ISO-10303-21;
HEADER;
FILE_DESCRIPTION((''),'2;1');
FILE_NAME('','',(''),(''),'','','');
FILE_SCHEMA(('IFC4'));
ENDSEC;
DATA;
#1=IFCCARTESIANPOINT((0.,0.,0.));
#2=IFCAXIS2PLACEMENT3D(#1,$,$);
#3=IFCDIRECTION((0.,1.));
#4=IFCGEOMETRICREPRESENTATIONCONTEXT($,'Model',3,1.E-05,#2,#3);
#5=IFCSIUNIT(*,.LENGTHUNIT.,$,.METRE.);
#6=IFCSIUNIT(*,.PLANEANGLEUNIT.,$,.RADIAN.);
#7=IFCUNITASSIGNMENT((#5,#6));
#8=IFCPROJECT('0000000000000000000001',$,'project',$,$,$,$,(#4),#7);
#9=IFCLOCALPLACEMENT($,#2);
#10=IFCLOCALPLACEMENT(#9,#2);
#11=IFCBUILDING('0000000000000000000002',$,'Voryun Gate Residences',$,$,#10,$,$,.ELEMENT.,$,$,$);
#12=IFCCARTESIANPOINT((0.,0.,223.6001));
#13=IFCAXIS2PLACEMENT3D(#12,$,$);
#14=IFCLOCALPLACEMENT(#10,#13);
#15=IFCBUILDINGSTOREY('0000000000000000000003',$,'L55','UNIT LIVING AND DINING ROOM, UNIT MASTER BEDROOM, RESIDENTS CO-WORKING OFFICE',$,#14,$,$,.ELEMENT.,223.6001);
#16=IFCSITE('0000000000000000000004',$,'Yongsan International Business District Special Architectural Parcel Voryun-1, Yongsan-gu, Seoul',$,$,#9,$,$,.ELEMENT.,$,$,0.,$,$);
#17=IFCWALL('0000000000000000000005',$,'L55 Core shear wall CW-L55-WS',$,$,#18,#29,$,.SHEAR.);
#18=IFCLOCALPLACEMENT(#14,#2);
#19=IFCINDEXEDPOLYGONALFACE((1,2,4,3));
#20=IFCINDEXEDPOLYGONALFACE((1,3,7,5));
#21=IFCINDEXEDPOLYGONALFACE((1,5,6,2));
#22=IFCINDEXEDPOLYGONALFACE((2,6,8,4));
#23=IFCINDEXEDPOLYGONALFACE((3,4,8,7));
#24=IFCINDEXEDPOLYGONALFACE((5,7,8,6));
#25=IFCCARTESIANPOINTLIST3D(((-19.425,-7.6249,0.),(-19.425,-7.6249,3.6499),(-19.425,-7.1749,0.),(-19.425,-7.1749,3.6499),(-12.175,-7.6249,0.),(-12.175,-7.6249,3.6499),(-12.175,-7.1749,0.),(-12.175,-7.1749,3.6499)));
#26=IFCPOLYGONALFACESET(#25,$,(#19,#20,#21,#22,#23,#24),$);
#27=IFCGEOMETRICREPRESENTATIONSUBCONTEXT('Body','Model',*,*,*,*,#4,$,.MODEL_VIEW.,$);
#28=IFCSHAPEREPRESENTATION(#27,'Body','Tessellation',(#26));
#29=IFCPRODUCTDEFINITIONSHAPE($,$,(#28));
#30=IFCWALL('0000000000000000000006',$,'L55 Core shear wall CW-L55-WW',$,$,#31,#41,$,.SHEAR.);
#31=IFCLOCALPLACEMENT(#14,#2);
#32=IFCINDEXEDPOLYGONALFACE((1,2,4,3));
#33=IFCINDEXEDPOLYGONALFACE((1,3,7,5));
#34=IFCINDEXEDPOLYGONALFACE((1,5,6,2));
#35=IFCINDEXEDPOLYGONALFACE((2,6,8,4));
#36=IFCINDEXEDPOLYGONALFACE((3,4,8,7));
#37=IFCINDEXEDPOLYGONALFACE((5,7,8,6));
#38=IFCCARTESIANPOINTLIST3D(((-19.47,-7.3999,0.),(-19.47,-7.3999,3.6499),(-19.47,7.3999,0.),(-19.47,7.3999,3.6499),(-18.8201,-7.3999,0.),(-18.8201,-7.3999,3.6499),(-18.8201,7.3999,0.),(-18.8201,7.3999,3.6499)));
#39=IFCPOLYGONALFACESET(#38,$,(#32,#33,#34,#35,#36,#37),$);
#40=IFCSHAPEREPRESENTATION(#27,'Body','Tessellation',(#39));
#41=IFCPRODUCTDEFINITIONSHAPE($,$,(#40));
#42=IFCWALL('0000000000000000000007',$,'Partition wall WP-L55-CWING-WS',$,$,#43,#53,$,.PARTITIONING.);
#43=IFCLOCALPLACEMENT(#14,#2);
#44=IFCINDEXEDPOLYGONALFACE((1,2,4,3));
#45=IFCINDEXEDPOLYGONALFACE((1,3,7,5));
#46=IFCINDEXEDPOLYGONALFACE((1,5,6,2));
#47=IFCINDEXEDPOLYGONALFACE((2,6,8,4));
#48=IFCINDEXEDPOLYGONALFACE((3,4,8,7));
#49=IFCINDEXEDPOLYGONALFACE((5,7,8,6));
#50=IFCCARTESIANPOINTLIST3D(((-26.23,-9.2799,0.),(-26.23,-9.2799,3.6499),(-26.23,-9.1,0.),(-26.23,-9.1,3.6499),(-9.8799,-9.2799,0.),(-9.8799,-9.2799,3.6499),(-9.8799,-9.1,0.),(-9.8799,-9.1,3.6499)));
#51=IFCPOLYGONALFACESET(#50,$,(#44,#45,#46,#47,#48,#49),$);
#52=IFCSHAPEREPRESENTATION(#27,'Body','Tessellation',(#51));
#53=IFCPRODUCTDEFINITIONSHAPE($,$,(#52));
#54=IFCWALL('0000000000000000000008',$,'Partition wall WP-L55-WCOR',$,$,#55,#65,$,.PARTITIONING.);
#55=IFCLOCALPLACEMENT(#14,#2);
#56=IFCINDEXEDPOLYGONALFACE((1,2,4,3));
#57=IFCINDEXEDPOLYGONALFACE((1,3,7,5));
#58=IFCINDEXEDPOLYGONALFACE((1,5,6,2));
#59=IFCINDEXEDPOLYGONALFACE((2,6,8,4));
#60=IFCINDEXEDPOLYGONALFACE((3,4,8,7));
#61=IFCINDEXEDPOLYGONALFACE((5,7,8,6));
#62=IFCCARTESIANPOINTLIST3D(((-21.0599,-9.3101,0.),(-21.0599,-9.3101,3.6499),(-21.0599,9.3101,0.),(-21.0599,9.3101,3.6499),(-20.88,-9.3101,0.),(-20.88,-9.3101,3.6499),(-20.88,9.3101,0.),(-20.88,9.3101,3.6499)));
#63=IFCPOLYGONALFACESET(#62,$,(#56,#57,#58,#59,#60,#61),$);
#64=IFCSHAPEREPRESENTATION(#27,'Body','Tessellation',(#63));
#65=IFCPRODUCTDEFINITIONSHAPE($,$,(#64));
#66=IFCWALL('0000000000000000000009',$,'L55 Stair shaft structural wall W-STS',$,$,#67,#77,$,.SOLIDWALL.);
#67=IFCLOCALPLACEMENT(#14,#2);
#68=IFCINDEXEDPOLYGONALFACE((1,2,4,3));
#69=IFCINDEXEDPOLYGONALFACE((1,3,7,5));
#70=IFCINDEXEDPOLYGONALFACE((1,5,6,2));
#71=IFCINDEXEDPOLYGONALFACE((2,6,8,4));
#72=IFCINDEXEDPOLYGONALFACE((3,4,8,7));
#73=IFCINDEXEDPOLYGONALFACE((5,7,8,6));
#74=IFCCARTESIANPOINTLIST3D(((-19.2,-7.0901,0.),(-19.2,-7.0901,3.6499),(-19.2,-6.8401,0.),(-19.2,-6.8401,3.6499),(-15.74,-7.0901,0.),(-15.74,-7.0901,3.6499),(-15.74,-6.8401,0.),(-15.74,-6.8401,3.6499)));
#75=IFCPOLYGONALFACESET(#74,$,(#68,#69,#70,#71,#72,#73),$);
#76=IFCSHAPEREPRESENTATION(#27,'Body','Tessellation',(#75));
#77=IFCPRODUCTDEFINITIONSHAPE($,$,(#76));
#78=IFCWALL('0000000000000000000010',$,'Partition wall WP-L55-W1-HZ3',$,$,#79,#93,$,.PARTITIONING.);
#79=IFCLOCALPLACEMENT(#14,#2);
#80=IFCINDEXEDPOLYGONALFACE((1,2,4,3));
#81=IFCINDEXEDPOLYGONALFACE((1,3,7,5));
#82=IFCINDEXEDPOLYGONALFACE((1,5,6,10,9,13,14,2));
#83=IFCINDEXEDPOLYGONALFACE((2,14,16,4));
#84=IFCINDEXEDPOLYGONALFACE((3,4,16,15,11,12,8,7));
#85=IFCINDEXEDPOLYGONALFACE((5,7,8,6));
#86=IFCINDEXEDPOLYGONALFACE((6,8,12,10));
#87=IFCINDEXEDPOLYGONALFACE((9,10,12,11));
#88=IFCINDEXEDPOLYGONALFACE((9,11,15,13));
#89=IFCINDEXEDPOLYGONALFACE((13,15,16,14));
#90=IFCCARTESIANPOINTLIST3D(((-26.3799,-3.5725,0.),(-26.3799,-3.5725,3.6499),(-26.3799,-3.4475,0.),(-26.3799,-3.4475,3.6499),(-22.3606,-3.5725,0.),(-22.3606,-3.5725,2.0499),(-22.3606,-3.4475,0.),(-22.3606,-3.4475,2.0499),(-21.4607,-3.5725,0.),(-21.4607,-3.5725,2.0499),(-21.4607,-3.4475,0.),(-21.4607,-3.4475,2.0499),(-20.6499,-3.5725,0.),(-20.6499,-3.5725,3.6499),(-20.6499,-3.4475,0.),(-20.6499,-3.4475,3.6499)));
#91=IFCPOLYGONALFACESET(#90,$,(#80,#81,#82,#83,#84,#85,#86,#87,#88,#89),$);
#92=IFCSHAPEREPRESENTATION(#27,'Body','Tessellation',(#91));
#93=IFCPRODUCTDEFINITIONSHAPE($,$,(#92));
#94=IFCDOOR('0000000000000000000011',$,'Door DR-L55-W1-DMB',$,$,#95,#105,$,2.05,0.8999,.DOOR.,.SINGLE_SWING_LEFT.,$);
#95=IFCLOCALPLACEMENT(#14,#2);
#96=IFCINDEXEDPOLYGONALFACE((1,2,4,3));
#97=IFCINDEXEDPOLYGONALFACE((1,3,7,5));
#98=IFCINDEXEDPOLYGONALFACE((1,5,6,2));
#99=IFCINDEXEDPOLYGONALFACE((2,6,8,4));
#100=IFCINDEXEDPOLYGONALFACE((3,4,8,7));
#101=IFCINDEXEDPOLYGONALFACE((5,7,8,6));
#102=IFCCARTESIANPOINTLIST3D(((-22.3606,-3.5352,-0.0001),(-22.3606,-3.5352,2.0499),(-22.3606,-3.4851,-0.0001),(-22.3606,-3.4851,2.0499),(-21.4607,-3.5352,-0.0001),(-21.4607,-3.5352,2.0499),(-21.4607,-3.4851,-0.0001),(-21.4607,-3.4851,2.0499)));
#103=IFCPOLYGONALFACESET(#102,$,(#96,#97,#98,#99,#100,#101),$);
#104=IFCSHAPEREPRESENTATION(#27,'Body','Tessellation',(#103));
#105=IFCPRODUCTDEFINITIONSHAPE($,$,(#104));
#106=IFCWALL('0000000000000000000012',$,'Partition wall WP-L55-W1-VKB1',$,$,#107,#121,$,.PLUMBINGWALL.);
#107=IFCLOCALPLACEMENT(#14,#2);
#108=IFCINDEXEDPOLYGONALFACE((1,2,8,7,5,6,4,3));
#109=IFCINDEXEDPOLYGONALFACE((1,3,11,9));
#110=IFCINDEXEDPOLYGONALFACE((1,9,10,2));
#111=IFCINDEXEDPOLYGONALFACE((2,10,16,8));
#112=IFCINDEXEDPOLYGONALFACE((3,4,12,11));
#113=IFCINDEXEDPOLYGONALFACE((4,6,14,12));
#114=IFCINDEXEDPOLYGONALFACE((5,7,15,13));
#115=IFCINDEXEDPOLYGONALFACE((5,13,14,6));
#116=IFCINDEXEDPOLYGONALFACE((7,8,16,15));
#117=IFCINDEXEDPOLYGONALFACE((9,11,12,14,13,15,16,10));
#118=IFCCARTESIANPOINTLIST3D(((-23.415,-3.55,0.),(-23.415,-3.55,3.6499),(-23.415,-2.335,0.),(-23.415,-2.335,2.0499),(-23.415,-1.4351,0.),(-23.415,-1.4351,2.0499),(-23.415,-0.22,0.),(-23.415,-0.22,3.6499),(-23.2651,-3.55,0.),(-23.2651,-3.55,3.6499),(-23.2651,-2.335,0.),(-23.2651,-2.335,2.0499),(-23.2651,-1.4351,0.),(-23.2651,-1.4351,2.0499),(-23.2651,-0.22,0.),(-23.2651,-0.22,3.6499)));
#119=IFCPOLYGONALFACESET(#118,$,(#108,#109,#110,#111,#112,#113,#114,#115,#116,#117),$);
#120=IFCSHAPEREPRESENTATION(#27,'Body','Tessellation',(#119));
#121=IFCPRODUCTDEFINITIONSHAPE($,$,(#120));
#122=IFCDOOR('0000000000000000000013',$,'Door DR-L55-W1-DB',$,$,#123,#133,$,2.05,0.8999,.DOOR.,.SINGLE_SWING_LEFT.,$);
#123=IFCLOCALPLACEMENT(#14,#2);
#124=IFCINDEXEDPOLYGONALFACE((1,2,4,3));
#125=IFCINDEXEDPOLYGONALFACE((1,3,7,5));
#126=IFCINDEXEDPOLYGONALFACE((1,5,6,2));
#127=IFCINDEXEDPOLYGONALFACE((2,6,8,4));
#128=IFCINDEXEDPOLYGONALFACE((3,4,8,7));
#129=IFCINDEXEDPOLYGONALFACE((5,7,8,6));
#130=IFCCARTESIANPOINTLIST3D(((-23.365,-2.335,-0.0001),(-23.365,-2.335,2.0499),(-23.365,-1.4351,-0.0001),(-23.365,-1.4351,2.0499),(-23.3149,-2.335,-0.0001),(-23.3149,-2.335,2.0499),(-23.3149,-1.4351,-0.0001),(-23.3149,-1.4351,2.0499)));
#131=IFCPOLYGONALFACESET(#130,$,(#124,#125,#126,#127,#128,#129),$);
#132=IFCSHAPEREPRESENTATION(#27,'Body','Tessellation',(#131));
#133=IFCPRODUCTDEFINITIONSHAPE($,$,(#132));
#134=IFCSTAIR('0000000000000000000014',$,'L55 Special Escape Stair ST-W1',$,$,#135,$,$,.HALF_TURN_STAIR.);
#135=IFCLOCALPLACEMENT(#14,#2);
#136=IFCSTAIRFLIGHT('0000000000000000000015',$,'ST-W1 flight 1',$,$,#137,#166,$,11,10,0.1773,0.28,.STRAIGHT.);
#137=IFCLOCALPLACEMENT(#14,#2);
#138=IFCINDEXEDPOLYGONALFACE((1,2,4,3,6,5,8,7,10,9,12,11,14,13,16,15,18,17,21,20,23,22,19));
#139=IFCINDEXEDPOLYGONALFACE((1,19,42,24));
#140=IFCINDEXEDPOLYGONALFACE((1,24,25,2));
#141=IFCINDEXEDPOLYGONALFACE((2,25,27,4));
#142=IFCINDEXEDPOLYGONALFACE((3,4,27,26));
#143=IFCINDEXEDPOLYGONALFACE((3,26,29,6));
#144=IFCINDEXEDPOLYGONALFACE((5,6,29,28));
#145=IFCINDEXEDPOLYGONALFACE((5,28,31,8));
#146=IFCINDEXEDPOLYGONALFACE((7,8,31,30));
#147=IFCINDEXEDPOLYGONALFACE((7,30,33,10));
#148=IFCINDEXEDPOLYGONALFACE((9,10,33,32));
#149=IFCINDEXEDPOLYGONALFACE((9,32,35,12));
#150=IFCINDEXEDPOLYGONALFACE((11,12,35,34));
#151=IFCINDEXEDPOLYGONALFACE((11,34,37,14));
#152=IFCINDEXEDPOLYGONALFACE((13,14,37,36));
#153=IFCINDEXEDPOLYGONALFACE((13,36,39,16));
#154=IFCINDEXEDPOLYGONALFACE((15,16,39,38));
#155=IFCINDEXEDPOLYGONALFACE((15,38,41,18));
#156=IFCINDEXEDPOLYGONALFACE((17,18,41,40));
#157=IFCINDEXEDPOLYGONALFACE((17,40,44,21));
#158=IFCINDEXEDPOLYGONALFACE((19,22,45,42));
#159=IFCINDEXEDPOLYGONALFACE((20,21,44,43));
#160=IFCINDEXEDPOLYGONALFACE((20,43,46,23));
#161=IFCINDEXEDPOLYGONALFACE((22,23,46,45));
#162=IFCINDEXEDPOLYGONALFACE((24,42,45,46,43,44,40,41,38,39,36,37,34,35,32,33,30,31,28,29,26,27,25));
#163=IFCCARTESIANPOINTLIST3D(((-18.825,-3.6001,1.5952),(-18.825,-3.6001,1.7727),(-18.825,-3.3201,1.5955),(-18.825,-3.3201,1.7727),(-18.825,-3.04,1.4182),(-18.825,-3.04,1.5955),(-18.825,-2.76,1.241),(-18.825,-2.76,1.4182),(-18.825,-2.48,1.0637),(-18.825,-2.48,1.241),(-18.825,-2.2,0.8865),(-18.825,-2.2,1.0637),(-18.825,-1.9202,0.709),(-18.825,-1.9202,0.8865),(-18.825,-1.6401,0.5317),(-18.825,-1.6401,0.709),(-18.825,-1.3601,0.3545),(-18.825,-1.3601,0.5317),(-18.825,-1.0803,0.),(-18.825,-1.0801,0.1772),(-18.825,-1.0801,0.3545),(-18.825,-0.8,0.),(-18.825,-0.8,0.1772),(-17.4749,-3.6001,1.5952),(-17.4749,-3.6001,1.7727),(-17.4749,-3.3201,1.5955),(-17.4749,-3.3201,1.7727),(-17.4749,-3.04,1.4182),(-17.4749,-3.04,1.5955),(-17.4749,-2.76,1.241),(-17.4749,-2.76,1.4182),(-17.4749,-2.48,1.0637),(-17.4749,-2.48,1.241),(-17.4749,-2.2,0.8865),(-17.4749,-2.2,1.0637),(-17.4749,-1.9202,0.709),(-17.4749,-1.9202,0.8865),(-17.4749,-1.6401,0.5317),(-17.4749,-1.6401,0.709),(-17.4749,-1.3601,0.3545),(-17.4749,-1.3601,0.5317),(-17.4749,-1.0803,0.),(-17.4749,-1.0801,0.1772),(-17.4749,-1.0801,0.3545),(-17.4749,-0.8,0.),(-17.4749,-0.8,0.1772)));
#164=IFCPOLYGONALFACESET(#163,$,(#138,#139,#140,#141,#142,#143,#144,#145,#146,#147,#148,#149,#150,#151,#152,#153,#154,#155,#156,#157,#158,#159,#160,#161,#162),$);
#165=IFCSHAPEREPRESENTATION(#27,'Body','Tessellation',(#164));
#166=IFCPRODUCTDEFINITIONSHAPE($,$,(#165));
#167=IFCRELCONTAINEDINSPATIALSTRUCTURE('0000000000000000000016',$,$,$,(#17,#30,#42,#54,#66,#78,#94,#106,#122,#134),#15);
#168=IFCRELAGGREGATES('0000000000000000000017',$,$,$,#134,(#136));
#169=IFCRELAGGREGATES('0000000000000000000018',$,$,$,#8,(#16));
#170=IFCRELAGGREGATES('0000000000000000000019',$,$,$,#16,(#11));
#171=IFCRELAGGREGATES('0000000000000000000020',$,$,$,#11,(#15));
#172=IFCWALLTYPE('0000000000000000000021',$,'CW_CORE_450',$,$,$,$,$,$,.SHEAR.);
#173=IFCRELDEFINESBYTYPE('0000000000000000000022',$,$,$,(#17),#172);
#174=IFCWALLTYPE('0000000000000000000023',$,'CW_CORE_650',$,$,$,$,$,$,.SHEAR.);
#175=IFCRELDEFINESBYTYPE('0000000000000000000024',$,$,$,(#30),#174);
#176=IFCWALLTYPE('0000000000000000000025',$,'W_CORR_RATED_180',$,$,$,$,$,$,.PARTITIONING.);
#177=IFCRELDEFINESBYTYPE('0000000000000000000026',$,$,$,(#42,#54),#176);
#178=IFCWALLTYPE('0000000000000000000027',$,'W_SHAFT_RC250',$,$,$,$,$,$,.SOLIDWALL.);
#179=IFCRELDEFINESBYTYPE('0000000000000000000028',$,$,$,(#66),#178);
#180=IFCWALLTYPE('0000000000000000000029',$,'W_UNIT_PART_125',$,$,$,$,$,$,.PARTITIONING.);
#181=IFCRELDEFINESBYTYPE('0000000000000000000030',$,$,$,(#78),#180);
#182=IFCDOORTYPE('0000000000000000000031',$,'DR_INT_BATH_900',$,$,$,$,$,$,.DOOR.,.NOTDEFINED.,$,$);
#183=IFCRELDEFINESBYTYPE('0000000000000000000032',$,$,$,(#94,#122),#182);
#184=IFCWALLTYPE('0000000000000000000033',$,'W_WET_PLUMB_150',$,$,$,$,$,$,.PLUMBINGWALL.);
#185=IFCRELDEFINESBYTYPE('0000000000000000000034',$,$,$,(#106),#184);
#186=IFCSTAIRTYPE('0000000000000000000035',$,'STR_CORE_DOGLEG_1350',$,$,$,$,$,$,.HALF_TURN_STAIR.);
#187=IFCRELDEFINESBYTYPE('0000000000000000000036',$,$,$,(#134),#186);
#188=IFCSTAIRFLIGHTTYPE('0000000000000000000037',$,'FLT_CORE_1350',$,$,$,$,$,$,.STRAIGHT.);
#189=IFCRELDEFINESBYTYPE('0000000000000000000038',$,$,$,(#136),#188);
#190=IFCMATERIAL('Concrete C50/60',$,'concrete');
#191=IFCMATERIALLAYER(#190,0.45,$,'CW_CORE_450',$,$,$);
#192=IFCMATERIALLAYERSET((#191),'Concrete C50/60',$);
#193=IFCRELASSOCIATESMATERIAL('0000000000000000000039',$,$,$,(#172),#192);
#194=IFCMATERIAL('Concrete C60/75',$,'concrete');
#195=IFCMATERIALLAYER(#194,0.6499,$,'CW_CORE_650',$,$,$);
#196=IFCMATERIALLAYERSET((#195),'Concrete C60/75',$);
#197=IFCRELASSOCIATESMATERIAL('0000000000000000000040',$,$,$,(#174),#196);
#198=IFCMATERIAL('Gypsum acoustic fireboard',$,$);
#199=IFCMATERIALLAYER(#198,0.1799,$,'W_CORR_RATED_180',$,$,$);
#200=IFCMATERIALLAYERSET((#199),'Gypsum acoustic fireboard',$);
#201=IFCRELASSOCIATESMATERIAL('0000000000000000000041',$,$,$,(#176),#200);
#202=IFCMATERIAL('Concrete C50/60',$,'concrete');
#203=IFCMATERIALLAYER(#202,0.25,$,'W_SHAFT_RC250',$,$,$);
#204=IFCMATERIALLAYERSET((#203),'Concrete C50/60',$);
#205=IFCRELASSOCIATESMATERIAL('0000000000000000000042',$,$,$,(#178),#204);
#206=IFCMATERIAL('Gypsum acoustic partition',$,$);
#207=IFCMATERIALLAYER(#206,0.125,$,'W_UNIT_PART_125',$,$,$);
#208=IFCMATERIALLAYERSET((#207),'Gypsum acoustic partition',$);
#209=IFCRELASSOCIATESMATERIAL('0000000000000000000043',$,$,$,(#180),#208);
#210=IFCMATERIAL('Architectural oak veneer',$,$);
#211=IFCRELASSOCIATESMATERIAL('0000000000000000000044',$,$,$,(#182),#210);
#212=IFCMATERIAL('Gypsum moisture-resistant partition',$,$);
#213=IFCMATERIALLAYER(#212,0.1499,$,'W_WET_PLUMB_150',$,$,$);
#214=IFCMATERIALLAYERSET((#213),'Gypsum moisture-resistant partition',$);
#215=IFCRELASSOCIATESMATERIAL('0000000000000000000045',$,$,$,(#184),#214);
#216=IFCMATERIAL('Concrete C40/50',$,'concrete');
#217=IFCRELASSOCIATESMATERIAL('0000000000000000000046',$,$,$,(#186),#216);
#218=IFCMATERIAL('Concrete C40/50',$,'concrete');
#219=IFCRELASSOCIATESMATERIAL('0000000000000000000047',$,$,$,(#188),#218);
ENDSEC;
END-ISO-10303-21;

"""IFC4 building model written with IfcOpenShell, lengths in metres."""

from ifc_helpers import new_model, si_unit, direction, frame, frame_2d, origin, place, context, subcontext, project, spatial, polyline, rectangle, outline, extrude, material, layer, layer_set, type_object, element, fill, aggregate, save


model = new_model("IFC4")

# Units and contexts
model_context = context("Model", 3, precision=1e-05, world=origin(), true_north=direction((0.0, 1.0)))
body_context = subcontext(model_context, "Body", "Model", "MODEL_VIEW")
ifc_project = project(units=[si_unit("LENGTHUNIT", "METRE"), si_unit("PLANEANGLEUNIT", "RADIAN")], contexts=[model_context])

# Site, building, storey
site_placement = place(None, origin())
site = spatial("IfcSite", under=ifc_project, at=site_placement, Name="Yongsan International Business District Special Architectural Parcel Voryun-1, Yongsan-gu, Seoul", CompositionType="ELEMENT", RefElevation=0.0)
building_placement = place(site_placement, origin())
building = spatial("IfcBuilding", under=site, at=building_placement, Name="Voryun Gate Residences", CompositionType="ELEMENT")
storey_placement = place(building_placement, frame((0.0, 0.0, 223.6001)))
storey = spatial("IfcBuildingStorey", under=building, at=storey_placement, Name="L55", Description="UNIT LIVING AND DINING ROOM, UNIT MASTER BEDROOM, RESIDENTS CO-WORKING OFFICE", CompositionType="ELEMENT", Elevation=223.6001)

# Walls
ifc_material_1 = material(Name="Concrete C50/60", Category="concrete")
ifc_layer_1 = layer(ifc_material_1, 0.45, Name="CW_CORE_450")
ifc_layer_set_1 = layer_set([ifc_layer_1], Name="Concrete C50/60")
wall_type_1 = type_object("IfcWallType", Name="CW_CORE_450", PredefinedType="SHEAR", material=ifc_layer_set_1)
wall_1_placement = place(storey_placement, frame((-19.425, -7.3999, 0.0), z_axis=(0.0, 0.0, 1.0), x_axis=(1.0, 0.0, 0.0)))
element("IfcWall", 1, at=wall_1_placement, inside=storey, type_object=wall_type_1, Name="L55 Core shear wall CW-L55-WS", PredefinedType="SHEAR", context=body_context, shape_type="SweptSolid", body=[
    extrude(rectangle(XDim=7.25, YDim=0.45, at=frame_2d((3.625, 0.0))), origin(), (0.0, 0.0, 1.0), 3.6499),
])
ifc_material_2 = material(Name="Concrete C60/75", Category="concrete")
ifc_layer_2 = layer(ifc_material_2, 0.6499, Name="CW_CORE_650")
ifc_layer_set_2 = layer_set([ifc_layer_2], Name="Concrete C60/75")
wall_type_2 = type_object("IfcWallType", Name="CW_CORE_650", PredefinedType="SHEAR", material=ifc_layer_set_2)
wall_2_placement = place(storey_placement, frame((-19.145, -7.3999, 0.0), z_axis=(0.0, 0.0, 1.0), x_axis=(0.0, 1.0, 0.0)))
element("IfcWall", 2, at=wall_2_placement, inside=storey, type_object=wall_type_2, Name="L55 Core shear wall CW-L55-WW", PredefinedType="SHEAR", context=body_context, shape_type="SweptSolid", body=[
    extrude(rectangle(XDim=14.7998, YDim=0.6499, at=frame_2d((7.3999, 0.0))), origin(), (0.0, 0.0, 1.0), 3.6499),
])
ifc_material_3 = material(Name="Gypsum acoustic fireboard")
ifc_layer_3 = layer(ifc_material_3, 0.1799, Name="W_CORR_RATED_180")
ifc_layer_set_3 = layer_set([ifc_layer_3], Name="Gypsum acoustic fireboard")
wall_type_3 = type_object("IfcWallType", Name="W_CORR_RATED_180", PredefinedType="PARTITIONING", material=ifc_layer_set_3)
wall_3_placement = place(storey_placement, frame((-26.23, -9.1899, 0.0), z_axis=(0.0, 0.0, 1.0), x_axis=(1.0, 0.0, 0.0)))
element("IfcWall", 3, at=wall_3_placement, inside=storey, type_object=wall_type_3, Name="Partition wall WP-L55-CWING-WS", PredefinedType="PARTITIONING", context=body_context, shape_type="SweptSolid", body=[
    extrude(rectangle(XDim=16.3501, YDim=0.1799, at=frame_2d((8.175, 0.0))), origin(), (0.0, 0.0, 1.0), 3.6499),
])
wall_4_placement = place(storey_placement, frame((-20.97, -9.3101, 0.0), z_axis=(0.0, 0.0, 1.0), x_axis=(0.0, 1.0, 0.0)))
element("IfcWall", 4, at=wall_4_placement, inside=storey, type_object=wall_type_3, Name="Partition wall WP-L55-WCOR", PredefinedType="PARTITIONING", context=body_context, shape_type="SweptSolid", body=[
    extrude(rectangle(XDim=18.6201, YDim=0.1799, at=frame_2d((9.3101, 0.0))), origin(), (0.0, 0.0, 1.0), 3.6499),
])
ifc_material_4 = material(Name="Concrete C50/60", Category="concrete")
ifc_layer_4 = layer(ifc_material_4, 0.25, Name="W_SHAFT_RC250")
ifc_layer_set_4 = layer_set([ifc_layer_4], Name="Concrete C50/60")
wall_type_4 = type_object("IfcWallType", Name="W_SHAFT_RC250", PredefinedType="SOLIDWALL", material=ifc_layer_set_4)
wall_5_placement = place(storey_placement, frame((-19.2, -6.9651, 0.0), z_axis=(0.0, 0.0, 1.0), x_axis=(1.0, 0.0, 0.0)))
element("IfcWall", 5, at=wall_5_placement, inside=storey, type_object=wall_type_4, Name="L55 Stair shaft structural wall W-STS", PredefinedType="SOLIDWALL", context=body_context, shape_type="SweptSolid", body=[
    extrude(rectangle(XDim=3.46, YDim=0.25, at=frame_2d((1.73, 0.0))), origin(), (0.0, 0.0, 1.0), 3.6499),
])

# Walls, openings, doors
ifc_material_5 = material(Name="Gypsum acoustic partition")
ifc_layer_5 = layer(ifc_material_5, 0.125, Name="W_UNIT_PART_125")
ifc_layer_set_5 = layer_set([ifc_layer_5], Name="Gypsum acoustic partition")
wall_type_5 = type_object("IfcWallType", Name="W_UNIT_PART_125", PredefinedType="PARTITIONING", material=ifc_layer_set_5)
wall_6_placement = place(storey_placement, frame((-26.3799, -3.51, 0.0), z_axis=(0.0, 0.0, 1.0), x_axis=(1.0, 0.0, 0.0)))
wall_6 = element("IfcWall", 6, at=wall_6_placement, inside=storey, type_object=wall_type_5, Name="Partition wall WP-L55-W1-HZ3", PredefinedType="PARTITIONING", context=body_context, shape_type="SweptSolid", body=[
    extrude(rectangle(XDim=5.73, YDim=0.125, at=frame_2d((2.865, 0.0))), origin(), (0.0, 0.0, 1.0), 3.6499),
])
opening_1_placement = place(wall_6_placement, frame((4.0193, 0.0, 0.0)))
opening_1 = element("IfcOpeningElement", 7, at=opening_1_placement, cuts=wall_6, PredefinedType="OPENING", context=body_context, shape_type="SweptSolid", body=[
    extrude(rectangle(XDim=0.8999, YDim=2.05, at=frame_2d((0.45, 1.0249))), frame((0.0, 0.0725, 0.0), z_axis=(0.0, -1.0, 0.0), x_axis=(1.0, 0.0, 0.0)), (0.0, 0.0, 1.0), 0.145),
])
ifc_material_6 = material(Name="Architectural oak veneer")
door_type = type_object("IfcDoorType", Name="DR_INT_BATH_900", OperationType="NOTDEFINED", PredefinedType="DOOR", material=ifc_material_6)
door_1_placement = place(opening_1_placement, origin())
door_1 = element("IfcDoor", 8, at=door_1_placement, inside=storey, type_object=door_type, Name="Door DR-L55-W1-DMB", OperationType="SINGLE_SWING_LEFT", OverallHeight=2.05, OverallWidth=0.8999, PredefinedType="DOOR", context=body_context, shape_type="SweptSolid", body=[
    extrude(rectangle(XDim=0.8999, YDim=2.05, at=frame_2d((0.45, 1.0249))), frame((0.0, 0.0249, 0.0), z_axis=(0.0, -1.0, 0.0), x_axis=(1.0, 0.0, 0.0)), (0.0, 0.0, 1.0), 0.05),
])
fill(opening_1, door_1)
ifc_material_7 = material(Name="Gypsum moisture-resistant partition")
ifc_layer_6 = layer(ifc_material_7, 0.1499, Name="W_WET_PLUMB_150")
ifc_layer_set_6 = layer_set([ifc_layer_6], Name="Gypsum moisture-resistant partition")
wall_type_6 = type_object("IfcWallType", Name="W_WET_PLUMB_150", PredefinedType="PLUMBINGWALL", material=ifc_layer_set_6)
wall_7_placement = place(storey_placement, frame((-23.3401, -3.55, 0.0), z_axis=(0.0, 0.0, 1.0), x_axis=(0.0, 1.0, 0.0)))
wall_7 = element("IfcWall", 9, at=wall_7_placement, inside=storey, type_object=wall_type_6, Name="Partition wall WP-L55-W1-VKB1", PredefinedType="PLUMBINGWALL", context=body_context, shape_type="SweptSolid", body=[
    extrude(rectangle(XDim=3.3301, YDim=0.1499, at=frame_2d((1.665, 0.0))), origin(), (0.0, 0.0, 1.0), 3.6499),
])
opening_2_placement = place(wall_7_placement, frame((1.2151, 0.0, 0.0)))
opening_2 = element("IfcOpeningElement", 10, at=opening_2_placement, cuts=wall_7, PredefinedType="OPENING", context=body_context, shape_type="SweptSolid", body=[
    extrude(rectangle(XDim=0.8999, YDim=2.05, at=frame_2d((0.45, 1.0249))), frame((0.0, 0.085, 0.0), z_axis=(0.0, -1.0, 0.0), x_axis=(1.0, 0.0, 0.0)), (0.0, 0.0, 1.0), 0.1699),
])
door_2_placement = place(opening_2_placement, origin())
door_2 = element("IfcDoor", 11, at=door_2_placement, inside=storey, type_object=door_type, Name="Door DR-L55-W1-DB", OperationType="SINGLE_SWING_LEFT", OverallHeight=2.05, OverallWidth=0.8999, PredefinedType="DOOR", context=body_context, shape_type="SweptSolid", body=[
    extrude(rectangle(XDim=0.8999, YDim=2.05, at=frame_2d((0.45, 1.0249))), frame((0.0, 0.0249, 0.0), z_axis=(0.0, -1.0, 0.0), x_axis=(1.0, 0.0, 0.0)), (0.0, 0.0, 1.0), 0.05),
])
fill(opening_2, door_2)

# Stair, stair flight
ifc_material_8 = material(Name="Concrete C40/50", Category="concrete")
stair_type = type_object("IfcStairType", Name="STR_CORE_DOGLEG_1350", PredefinedType="HALF_TURN_STAIR", material=ifc_material_8)
stair_placement = place(storey_placement, origin())
stair = element("IfcStair", 12, at=stair_placement, inside=storey, type_object=stair_type, Name="L55 Special Escape Stair ST-W1", PredefinedType="HALF_TURN_STAIR")
ifc_material_9 = material(Name="Concrete C40/50", Category="concrete")
stair_flight_type = type_object("IfcStairFlightType", Name="FLT_CORE_1350", PredefinedType="STRAIGHT", material=ifc_material_9)
stair_flight_placement = place(storey_placement, frame((-18.1499, -0.8, 0.0), z_axis=(0.0, 0.0, 1.0), x_axis=(0.0, -1.0, 0.0)))
stair_flight = element("IfcStairFlight", 13, at=stair_flight_placement, type_object=stair_flight_type, Name="ST-W1 flight 1", NumberOfRisers=11, NumberOfTreads=10, PredefinedType="STRAIGHT", RiserHeight=0.1773, TreadLength=0.28, context=body_context, shape_type="SweptSolid", body=[
    extrude(outline(polyline([(0.0, 0.0), (0.0, 0.1772), (0.28, 0.1772), (0.28, 0.3545), (0.5601, 0.3545), (0.5601, 0.5317), (0.8401, 0.5317), (0.8401, 0.709), (1.1201, 0.709), (1.1201, 0.8865), (1.3999, 0.8865), (1.3999, 1.0637), (1.6799, 1.0637), (1.6799, 1.241), (1.96, 1.241), (1.96, 1.4182), (2.24, 1.4182), (2.24, 1.5955), (2.52, 1.5955), (2.52, 1.7727), (2.8, 1.7727), (2.8, 1.95), (2.8, 1.5952), (0.2803, 0.0), (0.0, 0.0)])), frame((0.0, 0.675, 0.0), z_axis=(0.0, -1.0, 0.0), x_axis=(1.0, 0.0, 0.0)), (0.0, 0.0, 1.0), 1.3501),
])
aggregate(stair, [stair_flight])

save(model, "model.ifc")
